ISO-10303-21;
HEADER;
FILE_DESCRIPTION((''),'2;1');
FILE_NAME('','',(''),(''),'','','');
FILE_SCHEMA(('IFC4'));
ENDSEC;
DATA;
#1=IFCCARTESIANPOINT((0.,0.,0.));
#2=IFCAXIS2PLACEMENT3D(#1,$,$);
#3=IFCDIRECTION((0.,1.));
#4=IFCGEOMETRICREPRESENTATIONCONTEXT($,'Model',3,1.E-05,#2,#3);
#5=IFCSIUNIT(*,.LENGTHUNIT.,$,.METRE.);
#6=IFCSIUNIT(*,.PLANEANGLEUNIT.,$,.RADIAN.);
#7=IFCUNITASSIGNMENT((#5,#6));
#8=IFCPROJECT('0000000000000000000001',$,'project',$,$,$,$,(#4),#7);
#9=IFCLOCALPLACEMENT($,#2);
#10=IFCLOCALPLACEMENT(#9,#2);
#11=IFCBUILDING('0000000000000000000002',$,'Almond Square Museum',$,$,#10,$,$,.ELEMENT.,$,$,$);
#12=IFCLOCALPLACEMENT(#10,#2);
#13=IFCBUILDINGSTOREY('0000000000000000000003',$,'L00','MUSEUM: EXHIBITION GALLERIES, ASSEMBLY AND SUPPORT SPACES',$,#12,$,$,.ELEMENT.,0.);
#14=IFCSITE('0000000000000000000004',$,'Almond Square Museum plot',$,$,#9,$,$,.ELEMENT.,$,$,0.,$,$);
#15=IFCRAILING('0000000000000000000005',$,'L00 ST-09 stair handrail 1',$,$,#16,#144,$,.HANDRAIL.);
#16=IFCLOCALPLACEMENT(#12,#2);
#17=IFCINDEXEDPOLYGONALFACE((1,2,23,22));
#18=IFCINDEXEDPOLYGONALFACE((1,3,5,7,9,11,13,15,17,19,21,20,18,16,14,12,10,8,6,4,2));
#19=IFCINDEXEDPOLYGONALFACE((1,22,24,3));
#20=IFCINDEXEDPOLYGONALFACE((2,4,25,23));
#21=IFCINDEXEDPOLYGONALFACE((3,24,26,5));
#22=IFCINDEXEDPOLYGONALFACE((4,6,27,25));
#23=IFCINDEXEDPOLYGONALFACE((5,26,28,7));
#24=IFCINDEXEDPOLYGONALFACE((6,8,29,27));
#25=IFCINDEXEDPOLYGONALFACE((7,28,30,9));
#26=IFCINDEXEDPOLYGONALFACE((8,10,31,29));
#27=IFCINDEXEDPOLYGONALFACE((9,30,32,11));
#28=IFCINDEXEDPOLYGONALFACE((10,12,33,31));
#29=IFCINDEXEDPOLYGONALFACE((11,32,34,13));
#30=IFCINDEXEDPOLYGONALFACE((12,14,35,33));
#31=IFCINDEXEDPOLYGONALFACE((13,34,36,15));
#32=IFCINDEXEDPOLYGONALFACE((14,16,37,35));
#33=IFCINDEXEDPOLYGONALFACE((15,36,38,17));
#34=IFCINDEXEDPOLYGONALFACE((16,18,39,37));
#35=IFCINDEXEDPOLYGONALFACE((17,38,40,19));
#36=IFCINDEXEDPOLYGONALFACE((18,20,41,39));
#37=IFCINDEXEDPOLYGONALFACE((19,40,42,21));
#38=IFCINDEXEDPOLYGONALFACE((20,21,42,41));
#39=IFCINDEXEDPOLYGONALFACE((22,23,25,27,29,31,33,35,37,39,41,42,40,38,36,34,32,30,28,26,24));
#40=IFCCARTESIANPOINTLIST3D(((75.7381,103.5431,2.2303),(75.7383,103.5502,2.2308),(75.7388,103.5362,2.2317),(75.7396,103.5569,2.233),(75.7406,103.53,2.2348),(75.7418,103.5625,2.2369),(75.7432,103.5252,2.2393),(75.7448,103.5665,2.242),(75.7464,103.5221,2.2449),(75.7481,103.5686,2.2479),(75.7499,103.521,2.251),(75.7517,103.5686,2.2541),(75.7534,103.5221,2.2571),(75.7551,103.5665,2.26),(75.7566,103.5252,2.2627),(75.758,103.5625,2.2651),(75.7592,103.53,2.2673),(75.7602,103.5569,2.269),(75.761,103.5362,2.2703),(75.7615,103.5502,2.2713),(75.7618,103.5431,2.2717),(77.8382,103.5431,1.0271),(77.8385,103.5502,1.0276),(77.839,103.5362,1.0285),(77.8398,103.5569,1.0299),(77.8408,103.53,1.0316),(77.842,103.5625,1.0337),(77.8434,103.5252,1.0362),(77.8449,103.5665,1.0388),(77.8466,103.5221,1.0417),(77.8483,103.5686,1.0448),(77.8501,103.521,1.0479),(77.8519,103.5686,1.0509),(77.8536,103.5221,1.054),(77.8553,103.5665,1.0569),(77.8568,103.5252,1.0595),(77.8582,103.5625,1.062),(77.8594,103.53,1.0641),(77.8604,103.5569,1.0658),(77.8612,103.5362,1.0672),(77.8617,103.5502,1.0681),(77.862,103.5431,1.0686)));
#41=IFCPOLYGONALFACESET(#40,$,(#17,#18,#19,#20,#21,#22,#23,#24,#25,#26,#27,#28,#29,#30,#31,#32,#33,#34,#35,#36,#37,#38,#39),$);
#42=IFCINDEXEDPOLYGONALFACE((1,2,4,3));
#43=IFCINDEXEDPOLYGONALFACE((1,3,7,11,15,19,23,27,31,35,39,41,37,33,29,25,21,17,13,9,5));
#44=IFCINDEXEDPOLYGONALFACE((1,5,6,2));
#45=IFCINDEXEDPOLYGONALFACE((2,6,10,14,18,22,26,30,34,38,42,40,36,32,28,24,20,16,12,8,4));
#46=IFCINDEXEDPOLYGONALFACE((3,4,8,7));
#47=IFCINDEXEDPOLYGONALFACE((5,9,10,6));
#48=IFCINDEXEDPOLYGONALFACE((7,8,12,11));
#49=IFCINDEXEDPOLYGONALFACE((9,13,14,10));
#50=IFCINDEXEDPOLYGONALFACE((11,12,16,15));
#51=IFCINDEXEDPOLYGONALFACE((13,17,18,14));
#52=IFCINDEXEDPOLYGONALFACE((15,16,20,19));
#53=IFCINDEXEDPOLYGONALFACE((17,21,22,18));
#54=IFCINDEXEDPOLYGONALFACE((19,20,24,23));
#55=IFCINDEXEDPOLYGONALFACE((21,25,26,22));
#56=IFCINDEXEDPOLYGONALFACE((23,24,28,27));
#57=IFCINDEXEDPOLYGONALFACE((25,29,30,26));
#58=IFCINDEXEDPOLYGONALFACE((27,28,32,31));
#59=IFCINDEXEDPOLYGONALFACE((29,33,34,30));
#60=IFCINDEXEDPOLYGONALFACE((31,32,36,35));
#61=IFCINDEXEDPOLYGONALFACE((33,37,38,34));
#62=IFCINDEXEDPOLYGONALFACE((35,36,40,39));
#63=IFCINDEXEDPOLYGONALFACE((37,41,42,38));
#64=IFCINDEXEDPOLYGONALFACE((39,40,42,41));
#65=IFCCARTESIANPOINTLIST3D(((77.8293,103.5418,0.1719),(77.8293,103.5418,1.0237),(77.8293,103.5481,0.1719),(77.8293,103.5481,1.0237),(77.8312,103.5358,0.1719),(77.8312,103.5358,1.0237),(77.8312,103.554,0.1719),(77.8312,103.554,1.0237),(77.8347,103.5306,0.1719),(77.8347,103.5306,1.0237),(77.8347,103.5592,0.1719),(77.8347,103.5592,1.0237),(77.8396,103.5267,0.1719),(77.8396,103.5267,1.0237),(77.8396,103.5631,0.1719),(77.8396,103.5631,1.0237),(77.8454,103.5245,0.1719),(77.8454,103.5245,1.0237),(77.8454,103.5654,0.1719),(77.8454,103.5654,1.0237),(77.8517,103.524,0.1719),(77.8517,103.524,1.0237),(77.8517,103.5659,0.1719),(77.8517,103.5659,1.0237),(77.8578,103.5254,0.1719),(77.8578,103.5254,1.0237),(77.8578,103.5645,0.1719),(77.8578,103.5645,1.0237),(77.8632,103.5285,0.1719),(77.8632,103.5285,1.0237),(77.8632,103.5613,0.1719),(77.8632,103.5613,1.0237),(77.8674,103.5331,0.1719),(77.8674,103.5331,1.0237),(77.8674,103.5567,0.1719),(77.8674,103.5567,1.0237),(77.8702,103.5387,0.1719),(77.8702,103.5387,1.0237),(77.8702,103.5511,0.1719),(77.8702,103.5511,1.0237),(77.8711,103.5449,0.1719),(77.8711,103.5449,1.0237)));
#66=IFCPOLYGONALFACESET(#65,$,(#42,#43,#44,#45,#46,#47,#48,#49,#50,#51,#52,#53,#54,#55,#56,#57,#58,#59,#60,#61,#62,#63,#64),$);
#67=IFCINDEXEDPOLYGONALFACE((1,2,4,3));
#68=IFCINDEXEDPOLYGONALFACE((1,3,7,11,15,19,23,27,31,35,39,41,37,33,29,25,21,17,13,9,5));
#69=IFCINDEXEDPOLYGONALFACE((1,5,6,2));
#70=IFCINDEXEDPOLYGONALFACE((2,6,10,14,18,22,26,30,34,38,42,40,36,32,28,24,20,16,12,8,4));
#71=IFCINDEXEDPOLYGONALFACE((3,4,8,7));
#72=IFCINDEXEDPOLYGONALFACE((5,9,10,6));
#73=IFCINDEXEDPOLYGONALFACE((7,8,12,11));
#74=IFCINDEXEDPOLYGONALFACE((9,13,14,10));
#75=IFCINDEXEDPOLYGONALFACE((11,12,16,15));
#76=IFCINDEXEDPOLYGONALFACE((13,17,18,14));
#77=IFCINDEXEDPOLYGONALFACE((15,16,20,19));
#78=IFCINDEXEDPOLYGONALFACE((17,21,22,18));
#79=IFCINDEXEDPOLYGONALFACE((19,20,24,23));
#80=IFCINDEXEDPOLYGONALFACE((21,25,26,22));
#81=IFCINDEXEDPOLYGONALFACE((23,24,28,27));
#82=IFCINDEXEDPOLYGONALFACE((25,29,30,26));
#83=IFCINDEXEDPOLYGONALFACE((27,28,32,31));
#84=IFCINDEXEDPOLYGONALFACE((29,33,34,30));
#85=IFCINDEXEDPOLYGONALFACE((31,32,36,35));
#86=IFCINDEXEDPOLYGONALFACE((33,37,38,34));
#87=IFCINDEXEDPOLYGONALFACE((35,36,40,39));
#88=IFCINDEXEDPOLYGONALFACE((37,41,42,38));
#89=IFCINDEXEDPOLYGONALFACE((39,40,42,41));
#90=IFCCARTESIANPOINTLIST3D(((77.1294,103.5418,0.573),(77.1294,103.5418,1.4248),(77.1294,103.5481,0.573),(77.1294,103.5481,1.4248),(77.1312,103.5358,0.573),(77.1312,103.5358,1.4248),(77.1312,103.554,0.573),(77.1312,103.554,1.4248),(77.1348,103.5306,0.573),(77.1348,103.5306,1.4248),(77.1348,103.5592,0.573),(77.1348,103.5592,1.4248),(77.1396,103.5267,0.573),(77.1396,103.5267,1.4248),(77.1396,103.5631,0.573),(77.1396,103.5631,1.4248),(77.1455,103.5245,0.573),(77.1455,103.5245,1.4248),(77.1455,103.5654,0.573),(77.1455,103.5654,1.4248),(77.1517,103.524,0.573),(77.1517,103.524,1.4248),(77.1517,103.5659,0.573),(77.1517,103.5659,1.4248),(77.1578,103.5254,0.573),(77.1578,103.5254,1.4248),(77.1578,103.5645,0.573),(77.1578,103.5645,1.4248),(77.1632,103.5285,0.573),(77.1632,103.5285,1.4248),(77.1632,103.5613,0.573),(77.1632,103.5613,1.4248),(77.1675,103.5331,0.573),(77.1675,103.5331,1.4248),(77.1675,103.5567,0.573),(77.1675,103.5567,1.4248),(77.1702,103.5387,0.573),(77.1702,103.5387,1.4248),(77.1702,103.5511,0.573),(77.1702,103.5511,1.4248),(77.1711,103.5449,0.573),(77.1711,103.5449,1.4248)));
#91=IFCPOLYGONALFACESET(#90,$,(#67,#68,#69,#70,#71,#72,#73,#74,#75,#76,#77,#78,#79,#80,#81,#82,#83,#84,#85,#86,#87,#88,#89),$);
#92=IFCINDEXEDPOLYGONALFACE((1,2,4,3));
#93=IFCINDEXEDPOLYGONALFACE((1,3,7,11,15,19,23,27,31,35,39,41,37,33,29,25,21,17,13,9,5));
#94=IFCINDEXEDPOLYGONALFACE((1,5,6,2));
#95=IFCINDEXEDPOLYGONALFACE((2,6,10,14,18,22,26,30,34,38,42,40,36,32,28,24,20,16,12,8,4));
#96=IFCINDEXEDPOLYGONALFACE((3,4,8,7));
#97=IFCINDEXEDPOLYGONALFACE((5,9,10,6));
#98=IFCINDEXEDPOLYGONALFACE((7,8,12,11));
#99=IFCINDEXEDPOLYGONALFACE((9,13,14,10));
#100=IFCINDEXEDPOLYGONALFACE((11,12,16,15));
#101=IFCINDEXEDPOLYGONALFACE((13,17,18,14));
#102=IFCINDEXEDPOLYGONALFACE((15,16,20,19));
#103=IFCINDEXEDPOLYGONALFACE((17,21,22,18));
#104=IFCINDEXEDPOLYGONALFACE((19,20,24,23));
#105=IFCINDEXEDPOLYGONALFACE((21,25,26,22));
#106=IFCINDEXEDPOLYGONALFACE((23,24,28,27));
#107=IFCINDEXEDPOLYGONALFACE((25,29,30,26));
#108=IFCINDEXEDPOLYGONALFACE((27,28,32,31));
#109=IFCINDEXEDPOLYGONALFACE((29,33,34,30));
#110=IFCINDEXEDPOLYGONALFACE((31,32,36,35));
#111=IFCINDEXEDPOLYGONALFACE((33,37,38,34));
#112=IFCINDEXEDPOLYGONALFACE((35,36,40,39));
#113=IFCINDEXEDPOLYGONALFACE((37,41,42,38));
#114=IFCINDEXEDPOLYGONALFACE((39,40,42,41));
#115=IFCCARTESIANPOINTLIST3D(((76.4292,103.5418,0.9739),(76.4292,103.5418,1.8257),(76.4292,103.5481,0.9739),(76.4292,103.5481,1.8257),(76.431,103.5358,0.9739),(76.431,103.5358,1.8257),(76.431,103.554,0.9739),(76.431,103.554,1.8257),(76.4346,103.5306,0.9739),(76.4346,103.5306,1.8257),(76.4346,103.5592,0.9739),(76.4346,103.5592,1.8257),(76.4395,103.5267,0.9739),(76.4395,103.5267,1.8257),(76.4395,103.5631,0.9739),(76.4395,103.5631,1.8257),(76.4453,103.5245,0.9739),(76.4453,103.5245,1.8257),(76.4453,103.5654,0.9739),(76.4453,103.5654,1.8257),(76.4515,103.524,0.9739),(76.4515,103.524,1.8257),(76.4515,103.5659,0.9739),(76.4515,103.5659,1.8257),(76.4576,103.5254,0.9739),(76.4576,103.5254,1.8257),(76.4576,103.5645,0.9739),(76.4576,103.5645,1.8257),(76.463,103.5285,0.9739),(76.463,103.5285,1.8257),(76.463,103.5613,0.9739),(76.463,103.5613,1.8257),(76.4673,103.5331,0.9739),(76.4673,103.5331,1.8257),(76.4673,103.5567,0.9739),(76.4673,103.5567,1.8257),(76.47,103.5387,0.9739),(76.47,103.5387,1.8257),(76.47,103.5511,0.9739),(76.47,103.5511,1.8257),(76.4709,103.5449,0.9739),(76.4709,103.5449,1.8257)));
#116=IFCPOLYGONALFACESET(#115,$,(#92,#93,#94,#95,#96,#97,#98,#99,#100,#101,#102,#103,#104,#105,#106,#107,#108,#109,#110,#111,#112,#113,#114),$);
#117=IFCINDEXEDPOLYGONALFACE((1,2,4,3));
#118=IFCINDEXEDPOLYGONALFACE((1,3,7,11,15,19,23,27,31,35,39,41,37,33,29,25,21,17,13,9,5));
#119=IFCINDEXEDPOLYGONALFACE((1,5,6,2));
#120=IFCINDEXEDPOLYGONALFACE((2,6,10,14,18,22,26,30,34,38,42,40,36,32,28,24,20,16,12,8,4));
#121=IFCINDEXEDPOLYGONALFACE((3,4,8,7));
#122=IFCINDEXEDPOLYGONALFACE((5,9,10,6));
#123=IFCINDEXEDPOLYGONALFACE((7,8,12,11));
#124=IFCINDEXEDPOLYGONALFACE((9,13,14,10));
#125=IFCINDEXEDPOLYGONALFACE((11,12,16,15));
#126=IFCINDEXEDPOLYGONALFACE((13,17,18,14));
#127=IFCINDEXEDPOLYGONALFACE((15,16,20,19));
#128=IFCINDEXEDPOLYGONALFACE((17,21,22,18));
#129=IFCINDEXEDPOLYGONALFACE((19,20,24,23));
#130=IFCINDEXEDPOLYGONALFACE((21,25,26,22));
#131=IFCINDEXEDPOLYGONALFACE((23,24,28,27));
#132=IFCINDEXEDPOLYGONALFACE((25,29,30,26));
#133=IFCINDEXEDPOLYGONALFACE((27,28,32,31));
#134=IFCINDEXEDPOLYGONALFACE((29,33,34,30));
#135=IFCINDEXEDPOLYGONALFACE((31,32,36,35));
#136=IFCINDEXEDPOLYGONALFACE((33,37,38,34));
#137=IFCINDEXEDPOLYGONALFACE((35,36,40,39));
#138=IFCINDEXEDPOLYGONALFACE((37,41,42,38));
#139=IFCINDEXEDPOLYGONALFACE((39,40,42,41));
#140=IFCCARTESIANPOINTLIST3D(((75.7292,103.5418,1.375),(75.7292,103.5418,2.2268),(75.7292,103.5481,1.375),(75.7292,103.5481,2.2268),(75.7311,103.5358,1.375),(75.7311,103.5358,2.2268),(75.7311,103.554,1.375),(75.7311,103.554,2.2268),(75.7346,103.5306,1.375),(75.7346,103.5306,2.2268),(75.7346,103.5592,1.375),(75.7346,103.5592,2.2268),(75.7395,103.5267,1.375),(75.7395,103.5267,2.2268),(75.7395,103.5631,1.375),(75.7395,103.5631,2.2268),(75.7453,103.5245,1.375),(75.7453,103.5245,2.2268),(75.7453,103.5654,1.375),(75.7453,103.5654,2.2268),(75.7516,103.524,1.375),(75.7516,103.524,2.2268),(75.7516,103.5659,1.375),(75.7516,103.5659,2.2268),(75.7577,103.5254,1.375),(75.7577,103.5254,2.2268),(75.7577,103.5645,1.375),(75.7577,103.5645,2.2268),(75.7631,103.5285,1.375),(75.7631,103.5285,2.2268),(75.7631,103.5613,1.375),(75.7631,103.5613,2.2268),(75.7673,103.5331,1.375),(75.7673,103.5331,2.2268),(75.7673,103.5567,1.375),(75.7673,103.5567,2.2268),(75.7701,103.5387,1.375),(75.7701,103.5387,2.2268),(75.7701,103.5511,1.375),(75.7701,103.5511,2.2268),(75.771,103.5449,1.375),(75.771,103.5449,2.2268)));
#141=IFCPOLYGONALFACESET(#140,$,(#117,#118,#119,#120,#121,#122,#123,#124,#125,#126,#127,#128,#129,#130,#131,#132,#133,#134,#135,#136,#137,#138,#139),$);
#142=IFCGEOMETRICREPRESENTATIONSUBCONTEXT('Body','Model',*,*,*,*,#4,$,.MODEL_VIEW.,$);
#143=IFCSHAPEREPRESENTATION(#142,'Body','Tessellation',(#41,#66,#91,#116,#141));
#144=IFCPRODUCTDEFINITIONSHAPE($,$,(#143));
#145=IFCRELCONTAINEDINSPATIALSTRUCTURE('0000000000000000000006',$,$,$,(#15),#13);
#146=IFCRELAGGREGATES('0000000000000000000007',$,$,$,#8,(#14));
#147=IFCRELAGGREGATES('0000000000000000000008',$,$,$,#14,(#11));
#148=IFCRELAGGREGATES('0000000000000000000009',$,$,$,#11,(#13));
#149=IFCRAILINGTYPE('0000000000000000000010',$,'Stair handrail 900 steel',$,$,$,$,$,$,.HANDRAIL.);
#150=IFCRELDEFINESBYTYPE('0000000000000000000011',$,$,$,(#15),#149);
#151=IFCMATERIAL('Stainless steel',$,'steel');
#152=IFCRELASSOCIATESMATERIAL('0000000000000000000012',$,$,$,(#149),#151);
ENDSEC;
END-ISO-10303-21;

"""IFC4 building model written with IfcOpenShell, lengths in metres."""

from ifc_helpers import new_model, si_unit, direction, frame, origin, origin_2d, place, context, subcontext, project, spatial, circle, extrude, material, type_object, element, save


model = new_model("IFC4")

# Units and contexts
model_context = context("Model", 3, precision=1e-05, world=origin(), true_north=direction((0.0, 1.0)))
body_context = subcontext(model_context, "Body", "Model", "MODEL_VIEW")
ifc_project = project(units=[si_unit("LENGTHUNIT", "METRE"), si_unit("PLANEANGLEUNIT", "RADIAN")], contexts=[model_context])

# Site, building, storey
site_placement = place(None, origin())
site = spatial("IfcSite", under=ifc_project, at=site_placement, Name="Almond Square Museum plot", CompositionType="ELEMENT", RefElevation=0.0)
building_placement = place(site_placement, origin())
building = spatial("IfcBuilding", under=site, at=building_placement, Name="Almond Square Museum", CompositionType="ELEMENT")
storey_placement = place(building_placement, origin())
storey = spatial("IfcBuildingStorey", under=building, at=storey_placement, Name="L00", Description="MUSEUM: EXHIBITION GALLERIES, ASSEMBLY AND SUPPORT SPACES", CompositionType="ELEMENT", Elevation=0.0)

# Railing
ifc_material_1 = material(Name="Stainless steel", Category="steel")
railing_type_1 = type_object("IfcRailingType", Name="Stair handrail 900 steel", PredefinedType="HANDRAIL", material=ifc_material_1)
for number, where, name in (
    (1, (77.8501, 103.5449, 0.1719), "L00 ST-09 stair handrail 1"),
):
    element("IfcRailing", number, at=place(storey_placement, frame(where)), inside=storey, type_object=railing_type_1, Name=name, PredefinedType="HANDRAIL", context=body_context, shape_type="SweptSolid", body=[
        extrude(circle(Radius=0.0239, at=origin_2d()), frame((0.0, 0.0, 0.876), z_axis=(-0.867696, 0.0, 0.497095), x_axis=(0.0, -1.0, 0.0)), (0.0, 0.0, 1.0), 2.4204),
        extrude(circle(Radius=0.021, at=origin_2d()), origin(), (0.0, 0.0, 1.0), 0.8518),
        extrude(circle(Radius=0.021, at=origin_2d()), frame((-0.7, 0.0, 0.4011)), (0.0, 0.0, 1.0), 0.8518),
        extrude(circle(Radius=0.021, at=origin_2d()), frame((-1.4001, 0.0, 0.802)), (0.0, 0.0, 1.0), 0.8518),
        extrude(circle(Radius=0.021, at=origin_2d()), frame((-2.1001, 0.0, 1.2031)), (0.0, 0.0, 1.0), 0.8518),
    ])

save(model, "model.ifc")
